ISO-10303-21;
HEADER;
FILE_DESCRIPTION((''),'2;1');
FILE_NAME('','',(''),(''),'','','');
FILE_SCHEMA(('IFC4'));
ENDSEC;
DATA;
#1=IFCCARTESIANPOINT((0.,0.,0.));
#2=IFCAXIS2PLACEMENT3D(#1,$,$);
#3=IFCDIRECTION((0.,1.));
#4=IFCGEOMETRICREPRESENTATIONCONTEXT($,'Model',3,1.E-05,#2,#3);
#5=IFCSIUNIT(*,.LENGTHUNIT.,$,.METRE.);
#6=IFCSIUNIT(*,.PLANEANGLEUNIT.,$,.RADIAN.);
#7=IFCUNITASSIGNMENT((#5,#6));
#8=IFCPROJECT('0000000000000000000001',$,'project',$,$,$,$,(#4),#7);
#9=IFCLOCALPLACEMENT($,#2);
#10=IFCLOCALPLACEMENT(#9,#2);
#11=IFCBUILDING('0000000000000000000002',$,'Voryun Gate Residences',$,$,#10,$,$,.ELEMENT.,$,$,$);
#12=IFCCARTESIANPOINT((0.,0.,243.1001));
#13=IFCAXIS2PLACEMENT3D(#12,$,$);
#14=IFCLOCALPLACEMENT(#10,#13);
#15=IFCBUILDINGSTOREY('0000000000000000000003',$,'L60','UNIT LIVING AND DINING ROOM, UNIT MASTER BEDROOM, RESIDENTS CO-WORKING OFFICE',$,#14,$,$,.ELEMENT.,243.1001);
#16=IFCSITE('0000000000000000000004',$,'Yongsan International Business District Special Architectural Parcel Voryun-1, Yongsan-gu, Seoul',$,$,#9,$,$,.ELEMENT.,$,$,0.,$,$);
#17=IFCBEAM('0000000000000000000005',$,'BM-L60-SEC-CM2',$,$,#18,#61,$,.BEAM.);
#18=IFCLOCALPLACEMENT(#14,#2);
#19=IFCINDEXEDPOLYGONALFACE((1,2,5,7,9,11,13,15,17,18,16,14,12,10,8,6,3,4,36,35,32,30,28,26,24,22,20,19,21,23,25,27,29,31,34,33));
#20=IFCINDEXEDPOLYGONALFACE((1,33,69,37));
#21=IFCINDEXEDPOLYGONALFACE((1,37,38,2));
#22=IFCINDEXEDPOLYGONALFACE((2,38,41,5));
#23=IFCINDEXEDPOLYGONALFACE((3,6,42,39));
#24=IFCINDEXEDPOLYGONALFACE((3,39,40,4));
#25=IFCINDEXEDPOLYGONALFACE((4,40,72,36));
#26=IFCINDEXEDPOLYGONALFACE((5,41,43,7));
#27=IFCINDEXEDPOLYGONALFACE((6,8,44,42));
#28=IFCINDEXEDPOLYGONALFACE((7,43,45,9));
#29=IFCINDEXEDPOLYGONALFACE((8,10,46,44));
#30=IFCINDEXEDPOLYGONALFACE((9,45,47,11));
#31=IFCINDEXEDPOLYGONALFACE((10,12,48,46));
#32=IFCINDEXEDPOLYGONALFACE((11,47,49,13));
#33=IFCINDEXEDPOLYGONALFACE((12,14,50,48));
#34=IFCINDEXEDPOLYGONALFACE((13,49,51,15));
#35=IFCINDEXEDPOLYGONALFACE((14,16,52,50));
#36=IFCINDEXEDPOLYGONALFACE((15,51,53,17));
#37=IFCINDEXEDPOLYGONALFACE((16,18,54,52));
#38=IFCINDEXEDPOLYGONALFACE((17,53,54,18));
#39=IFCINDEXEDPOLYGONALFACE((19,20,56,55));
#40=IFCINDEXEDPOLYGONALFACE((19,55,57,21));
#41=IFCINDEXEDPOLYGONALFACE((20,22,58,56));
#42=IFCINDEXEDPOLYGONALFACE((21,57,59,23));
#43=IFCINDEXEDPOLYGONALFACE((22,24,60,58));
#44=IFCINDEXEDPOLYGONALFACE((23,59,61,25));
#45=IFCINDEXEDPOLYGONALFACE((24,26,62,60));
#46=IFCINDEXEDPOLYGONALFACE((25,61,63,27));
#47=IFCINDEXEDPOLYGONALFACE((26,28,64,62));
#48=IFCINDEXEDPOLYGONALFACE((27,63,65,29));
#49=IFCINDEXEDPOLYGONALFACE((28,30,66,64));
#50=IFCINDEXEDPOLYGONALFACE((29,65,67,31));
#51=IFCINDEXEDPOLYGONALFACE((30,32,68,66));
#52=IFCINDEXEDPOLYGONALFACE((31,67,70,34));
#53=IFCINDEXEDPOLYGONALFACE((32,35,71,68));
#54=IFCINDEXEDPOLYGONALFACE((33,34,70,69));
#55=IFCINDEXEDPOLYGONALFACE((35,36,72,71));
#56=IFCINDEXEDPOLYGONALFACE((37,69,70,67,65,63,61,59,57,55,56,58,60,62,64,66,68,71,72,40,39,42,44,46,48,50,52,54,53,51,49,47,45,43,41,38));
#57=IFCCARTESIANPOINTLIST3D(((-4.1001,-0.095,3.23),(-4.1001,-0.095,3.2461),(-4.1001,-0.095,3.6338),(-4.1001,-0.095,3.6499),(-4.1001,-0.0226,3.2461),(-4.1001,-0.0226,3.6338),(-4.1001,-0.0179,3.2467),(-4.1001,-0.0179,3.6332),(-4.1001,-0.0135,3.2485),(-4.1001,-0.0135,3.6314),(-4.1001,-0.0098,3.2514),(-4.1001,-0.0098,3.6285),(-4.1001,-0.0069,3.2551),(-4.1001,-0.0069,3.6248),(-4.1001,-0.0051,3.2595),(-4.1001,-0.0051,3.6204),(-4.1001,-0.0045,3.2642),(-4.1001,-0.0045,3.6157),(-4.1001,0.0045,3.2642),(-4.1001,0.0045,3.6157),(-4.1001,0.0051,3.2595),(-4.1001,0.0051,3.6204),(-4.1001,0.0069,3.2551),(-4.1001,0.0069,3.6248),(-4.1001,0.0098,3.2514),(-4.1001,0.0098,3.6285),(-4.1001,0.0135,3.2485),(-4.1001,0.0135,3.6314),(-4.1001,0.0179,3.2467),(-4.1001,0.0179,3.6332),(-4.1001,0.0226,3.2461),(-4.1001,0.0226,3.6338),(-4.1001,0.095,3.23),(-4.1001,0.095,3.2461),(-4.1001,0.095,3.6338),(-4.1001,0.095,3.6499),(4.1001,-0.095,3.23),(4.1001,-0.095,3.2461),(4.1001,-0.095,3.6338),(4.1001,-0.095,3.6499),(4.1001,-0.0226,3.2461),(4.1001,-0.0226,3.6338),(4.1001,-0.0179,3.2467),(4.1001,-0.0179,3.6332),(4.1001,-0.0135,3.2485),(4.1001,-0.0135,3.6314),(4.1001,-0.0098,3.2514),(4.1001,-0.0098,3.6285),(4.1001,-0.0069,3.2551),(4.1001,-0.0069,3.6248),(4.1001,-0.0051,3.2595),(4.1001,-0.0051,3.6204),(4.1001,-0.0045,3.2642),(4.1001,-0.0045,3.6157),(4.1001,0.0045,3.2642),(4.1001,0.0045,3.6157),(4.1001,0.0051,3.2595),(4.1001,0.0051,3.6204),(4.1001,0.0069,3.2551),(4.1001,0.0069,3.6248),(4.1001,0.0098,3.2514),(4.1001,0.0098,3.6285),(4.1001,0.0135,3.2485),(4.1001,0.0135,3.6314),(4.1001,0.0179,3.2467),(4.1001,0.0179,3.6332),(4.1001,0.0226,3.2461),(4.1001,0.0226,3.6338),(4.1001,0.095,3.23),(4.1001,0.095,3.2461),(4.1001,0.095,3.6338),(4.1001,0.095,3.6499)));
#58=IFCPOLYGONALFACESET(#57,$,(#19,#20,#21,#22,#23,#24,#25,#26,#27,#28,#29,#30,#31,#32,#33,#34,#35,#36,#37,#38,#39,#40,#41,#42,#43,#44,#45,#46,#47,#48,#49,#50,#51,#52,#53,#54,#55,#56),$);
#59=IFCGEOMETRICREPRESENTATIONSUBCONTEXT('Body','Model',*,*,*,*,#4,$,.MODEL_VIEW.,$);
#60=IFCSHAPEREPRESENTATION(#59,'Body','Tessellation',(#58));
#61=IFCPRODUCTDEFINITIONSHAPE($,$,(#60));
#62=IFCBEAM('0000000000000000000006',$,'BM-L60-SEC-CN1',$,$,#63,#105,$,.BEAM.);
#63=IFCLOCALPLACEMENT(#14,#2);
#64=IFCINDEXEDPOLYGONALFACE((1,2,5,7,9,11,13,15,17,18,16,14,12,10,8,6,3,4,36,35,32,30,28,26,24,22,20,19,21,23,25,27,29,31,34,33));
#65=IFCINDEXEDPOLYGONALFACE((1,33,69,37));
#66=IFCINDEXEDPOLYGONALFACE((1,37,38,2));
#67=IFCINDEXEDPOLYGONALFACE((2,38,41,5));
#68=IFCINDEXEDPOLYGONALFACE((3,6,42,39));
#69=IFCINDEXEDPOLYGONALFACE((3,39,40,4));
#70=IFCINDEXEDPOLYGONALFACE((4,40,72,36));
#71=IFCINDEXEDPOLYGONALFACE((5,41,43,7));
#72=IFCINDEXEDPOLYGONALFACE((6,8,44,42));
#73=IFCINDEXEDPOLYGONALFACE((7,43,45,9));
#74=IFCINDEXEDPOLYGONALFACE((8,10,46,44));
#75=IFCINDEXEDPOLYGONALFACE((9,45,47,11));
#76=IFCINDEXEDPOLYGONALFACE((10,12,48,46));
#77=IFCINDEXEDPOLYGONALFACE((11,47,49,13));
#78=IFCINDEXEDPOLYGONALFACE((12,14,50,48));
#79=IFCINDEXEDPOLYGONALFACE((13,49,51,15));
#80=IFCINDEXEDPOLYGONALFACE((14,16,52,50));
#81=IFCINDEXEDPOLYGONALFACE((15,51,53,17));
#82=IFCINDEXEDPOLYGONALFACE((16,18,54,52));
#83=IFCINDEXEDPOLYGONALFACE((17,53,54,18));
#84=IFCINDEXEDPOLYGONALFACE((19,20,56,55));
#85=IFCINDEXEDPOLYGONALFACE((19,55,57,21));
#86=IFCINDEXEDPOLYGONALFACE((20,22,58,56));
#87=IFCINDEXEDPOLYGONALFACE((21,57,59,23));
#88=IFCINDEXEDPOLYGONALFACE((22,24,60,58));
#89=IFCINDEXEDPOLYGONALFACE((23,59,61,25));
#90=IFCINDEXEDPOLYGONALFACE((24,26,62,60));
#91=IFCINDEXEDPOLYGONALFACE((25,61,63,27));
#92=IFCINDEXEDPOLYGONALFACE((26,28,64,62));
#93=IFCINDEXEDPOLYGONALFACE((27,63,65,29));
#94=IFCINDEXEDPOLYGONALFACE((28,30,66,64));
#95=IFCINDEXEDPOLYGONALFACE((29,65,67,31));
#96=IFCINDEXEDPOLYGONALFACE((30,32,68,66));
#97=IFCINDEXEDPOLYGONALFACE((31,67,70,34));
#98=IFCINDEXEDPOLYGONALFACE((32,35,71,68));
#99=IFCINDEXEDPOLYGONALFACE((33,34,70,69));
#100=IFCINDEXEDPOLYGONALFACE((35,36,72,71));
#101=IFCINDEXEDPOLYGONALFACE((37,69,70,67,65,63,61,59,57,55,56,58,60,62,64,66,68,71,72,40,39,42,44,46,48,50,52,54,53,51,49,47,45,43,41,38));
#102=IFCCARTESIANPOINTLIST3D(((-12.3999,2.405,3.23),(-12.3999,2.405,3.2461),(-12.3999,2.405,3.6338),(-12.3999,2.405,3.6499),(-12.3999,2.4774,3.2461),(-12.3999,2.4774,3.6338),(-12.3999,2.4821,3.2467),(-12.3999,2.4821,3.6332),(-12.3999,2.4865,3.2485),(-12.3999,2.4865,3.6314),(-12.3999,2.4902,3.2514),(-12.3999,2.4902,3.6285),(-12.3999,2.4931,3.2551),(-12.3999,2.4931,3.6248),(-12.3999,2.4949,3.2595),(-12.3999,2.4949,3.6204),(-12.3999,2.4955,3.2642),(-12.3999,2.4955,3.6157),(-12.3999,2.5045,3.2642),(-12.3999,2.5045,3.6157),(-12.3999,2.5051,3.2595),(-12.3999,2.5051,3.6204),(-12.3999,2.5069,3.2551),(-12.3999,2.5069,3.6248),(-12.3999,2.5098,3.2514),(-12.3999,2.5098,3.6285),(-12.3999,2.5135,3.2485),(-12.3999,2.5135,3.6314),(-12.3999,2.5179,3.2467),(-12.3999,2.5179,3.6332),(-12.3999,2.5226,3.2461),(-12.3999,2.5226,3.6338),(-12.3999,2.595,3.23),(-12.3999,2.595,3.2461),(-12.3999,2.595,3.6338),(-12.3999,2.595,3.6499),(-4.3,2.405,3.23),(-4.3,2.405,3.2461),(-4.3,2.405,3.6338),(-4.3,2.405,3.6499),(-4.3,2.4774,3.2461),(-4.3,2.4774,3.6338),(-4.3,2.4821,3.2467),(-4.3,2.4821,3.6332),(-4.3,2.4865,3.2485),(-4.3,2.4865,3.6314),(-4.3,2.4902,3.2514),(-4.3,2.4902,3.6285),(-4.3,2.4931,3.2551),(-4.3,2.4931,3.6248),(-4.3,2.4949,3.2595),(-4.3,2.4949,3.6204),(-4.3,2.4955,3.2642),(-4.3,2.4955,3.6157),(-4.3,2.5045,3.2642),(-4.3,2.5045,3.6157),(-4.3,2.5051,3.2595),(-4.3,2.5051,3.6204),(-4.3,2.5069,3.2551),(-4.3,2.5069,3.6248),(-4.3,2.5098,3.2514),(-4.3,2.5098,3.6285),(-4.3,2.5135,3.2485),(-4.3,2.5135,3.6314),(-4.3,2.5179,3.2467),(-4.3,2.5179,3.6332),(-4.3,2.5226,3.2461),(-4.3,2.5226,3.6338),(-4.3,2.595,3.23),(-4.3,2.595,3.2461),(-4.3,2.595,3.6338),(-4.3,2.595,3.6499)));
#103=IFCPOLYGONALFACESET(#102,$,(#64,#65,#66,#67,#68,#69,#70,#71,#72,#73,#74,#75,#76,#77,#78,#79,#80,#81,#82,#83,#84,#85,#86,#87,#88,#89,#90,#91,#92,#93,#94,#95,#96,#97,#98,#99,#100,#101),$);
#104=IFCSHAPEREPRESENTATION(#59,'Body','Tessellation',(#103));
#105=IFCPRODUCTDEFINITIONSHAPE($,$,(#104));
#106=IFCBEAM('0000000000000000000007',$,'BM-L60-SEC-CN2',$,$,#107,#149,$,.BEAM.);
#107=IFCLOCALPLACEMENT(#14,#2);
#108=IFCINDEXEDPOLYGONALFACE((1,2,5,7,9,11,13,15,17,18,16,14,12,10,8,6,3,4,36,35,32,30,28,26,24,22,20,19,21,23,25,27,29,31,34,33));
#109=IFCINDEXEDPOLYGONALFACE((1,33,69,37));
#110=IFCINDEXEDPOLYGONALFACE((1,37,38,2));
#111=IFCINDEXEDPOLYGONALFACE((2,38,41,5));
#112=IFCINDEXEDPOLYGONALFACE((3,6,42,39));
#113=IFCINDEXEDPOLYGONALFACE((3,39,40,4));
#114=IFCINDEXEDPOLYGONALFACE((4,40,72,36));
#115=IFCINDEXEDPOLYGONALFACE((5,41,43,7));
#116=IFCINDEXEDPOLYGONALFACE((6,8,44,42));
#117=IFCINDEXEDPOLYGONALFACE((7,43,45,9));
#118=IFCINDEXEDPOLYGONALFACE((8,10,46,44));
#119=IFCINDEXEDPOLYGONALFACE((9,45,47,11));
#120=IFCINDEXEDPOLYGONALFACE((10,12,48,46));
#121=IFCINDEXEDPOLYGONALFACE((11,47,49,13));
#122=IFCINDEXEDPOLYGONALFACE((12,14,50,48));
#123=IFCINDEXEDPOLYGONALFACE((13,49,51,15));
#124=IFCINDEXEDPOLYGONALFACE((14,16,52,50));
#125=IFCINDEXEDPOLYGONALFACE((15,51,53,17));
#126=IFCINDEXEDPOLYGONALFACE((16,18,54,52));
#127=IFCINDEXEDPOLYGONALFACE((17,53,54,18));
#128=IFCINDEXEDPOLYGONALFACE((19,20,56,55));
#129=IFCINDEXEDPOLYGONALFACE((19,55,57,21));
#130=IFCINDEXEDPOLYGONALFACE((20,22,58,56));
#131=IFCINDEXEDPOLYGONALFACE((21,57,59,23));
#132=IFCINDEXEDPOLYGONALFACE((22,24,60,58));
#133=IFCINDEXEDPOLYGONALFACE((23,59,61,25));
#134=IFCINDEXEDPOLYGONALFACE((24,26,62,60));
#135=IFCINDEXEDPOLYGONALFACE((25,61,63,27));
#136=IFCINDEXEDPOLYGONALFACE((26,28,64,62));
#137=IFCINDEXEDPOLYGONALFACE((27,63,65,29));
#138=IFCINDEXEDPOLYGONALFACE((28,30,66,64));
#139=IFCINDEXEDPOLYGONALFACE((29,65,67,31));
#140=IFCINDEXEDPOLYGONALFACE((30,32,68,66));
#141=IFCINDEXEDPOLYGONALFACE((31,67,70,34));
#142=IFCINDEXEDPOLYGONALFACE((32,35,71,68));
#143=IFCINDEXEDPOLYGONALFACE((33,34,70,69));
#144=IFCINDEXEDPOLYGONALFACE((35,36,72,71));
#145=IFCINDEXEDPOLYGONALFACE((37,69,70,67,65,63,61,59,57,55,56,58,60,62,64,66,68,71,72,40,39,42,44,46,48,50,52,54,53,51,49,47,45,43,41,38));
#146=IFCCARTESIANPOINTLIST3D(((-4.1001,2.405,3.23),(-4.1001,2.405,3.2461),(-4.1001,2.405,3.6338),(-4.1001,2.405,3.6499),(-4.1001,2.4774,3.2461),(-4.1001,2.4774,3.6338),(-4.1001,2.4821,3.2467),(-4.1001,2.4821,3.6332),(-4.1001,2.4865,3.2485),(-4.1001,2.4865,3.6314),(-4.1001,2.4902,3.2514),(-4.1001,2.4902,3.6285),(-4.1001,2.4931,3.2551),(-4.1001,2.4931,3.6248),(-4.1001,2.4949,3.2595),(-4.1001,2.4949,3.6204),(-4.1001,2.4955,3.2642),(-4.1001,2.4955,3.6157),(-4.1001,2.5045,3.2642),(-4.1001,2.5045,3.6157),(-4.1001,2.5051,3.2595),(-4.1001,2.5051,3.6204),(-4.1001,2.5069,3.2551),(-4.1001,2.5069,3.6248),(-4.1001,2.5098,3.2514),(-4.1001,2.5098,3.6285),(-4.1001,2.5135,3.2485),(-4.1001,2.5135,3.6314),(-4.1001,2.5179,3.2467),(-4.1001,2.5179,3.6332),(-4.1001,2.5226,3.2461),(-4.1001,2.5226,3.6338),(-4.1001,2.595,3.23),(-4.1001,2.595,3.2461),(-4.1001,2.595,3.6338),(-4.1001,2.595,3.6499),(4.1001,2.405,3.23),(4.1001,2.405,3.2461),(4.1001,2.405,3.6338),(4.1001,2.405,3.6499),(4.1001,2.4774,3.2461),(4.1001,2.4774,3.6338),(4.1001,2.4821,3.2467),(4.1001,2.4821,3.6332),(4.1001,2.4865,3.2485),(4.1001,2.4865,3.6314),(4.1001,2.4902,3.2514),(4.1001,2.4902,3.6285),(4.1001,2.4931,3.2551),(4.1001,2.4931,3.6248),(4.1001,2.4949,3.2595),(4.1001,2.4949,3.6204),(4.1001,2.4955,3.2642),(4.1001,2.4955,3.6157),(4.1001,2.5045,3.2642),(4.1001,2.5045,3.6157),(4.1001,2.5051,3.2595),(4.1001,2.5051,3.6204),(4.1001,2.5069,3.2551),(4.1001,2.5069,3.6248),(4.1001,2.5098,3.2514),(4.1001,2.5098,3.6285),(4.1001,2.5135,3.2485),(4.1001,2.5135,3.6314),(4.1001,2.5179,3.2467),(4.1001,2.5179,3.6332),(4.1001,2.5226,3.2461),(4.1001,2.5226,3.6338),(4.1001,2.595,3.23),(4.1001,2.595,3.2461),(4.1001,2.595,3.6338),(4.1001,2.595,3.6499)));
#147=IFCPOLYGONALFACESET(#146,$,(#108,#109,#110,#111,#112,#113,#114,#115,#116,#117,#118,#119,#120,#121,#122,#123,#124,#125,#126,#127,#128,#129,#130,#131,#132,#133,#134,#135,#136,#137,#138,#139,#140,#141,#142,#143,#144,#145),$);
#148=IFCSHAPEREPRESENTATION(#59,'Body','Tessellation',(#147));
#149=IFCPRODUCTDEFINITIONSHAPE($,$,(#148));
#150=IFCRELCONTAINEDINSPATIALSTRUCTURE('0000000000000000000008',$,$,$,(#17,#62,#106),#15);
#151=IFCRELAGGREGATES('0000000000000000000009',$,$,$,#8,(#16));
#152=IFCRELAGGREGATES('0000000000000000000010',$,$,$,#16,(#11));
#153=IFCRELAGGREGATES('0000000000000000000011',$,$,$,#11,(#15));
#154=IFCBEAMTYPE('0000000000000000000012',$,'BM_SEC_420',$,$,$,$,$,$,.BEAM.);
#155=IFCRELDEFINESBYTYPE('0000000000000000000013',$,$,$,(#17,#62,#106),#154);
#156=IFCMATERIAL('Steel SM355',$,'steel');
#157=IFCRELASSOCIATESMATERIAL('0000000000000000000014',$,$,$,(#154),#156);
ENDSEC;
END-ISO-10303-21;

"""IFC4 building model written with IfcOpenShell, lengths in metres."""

from ifc_helpers import new_model, si_unit, direction, frame, origin, origin_2d, place, context, subcontext, project, spatial, i_section, extrude, material, material_profile, profile_set, type_object, element, save


model = new_model("IFC4")

# Units and contexts
model_context = context("Model", 3, precision=1e-05, world=origin(), true_north=direction((0.0, 1.0)))
body_context = subcontext(model_context, "Body", "Model", "MODEL_VIEW")
ifc_project = project(units=[si_unit("LENGTHUNIT", "METRE"), si_unit("PLANEANGLEUNIT", "RADIAN")], contexts=[model_context])

# Site, building, storey
site_placement = place(None, origin())
site = spatial("IfcSite", under=ifc_project, at=site_placement, Name="Yongsan International Business District Special Architectural Parcel Voryun-1, Yongsan-gu, Seoul", CompositionType="ELEMENT", RefElevation=0.0)
building_placement = place(site_placement, origin())
building = spatial("IfcBuilding", under=site, at=building_placement, Name="Voryun Gate Residences", CompositionType="ELEMENT")
storey_placement = place(building_placement, frame((0.0, 0.0, 243.1001)))
storey = spatial("IfcBuildingStorey", under=building, at=storey_placement, Name="L60", Description="UNIT LIVING AND DINING ROOM, UNIT MASTER BEDROOM, RESIDENTS CO-WORKING OFFICE", CompositionType="ELEMENT", Elevation=243.1001)

# Beams
ifc_material_1 = material(Name="Steel SM355", Category="steel")
ifc_material_profile_1 = material_profile(ifc_material_1, i_section(OverallWidth=0.1899, OverallDepth=0.4199, WebThickness=0.009, FlangeThickness=0.0161, FilletRadius=0.0181, at=origin_2d()), Name="H-420x190x9x16")
ifc_profile_set_1 = profile_set([ifc_material_profile_1], Name="Steel SM355")
beam_type_1 = type_object("IfcBeamType", Name="BM_SEC_420", PredefinedType="BEAM", material=ifc_profile_set_1)
beam_1_placement = place(storey_placement, frame((-4.1001, 0.0, 3.4399), z_axis=(1.0, 0.0, 0.0), x_axis=(0.0, 1.0, 0.0)))
element("IfcBeam", 1, at=beam_1_placement, inside=storey, type_object=beam_type_1, Name="BM-L60-SEC-CM2", PredefinedType="BEAM", context=body_context, shape_type="SweptSolid", body=[
    extrude(i_section(OverallWidth=0.1899, OverallDepth=0.4199, WebThickness=0.009, FlangeThickness=0.0161, FilletRadius=0.0181, at=origin_2d()), origin(), (0.0, 0.0, 1.0), 8.2002),
])
beam_2_placement = place(storey_placement, frame((-12.3999, 2.5, 3.4399), z_axis=(1.0, 0.0, 0.0), x_axis=(0.0, 1.0, 0.0)))
element("IfcBeam", 2, at=beam_2_placement, inside=storey, type_object=beam_type_1, Name="BM-L60-SEC-CN1", PredefinedType="BEAM", context=body_context, shape_type="SweptSolid", body=[
    extrude(i_section(OverallWidth=0.1899, OverallDepth=0.4199, WebThickness=0.009, FlangeThickness=0.0161, FilletRadius=0.0181, at=origin_2d()), origin(), (0.0, 0.0, 1.0), 8.0999),
])
beam_3_placement = place(storey_placement, frame((-4.1001, 2.5, 3.4399), z_axis=(1.0, 0.0, 0.0), x_axis=(0.0, 1.0, 0.0)))
element("IfcBeam", 3, at=beam_3_placement, inside=storey, type_object=beam_type_1, Name="BM-L60-SEC-CN2", PredefinedType="BEAM", context=body_context, shape_type="SweptSolid", body=[
    extrude(i_section(OverallWidth=0.1899, OverallDepth=0.4199, WebThickness=0.009, FlangeThickness=0.0161, FilletRadius=0.0181, at=origin_2d()), origin(), (0.0, 0.0, 1.0), 8.2002),
])

save(model, "model.ifc")
